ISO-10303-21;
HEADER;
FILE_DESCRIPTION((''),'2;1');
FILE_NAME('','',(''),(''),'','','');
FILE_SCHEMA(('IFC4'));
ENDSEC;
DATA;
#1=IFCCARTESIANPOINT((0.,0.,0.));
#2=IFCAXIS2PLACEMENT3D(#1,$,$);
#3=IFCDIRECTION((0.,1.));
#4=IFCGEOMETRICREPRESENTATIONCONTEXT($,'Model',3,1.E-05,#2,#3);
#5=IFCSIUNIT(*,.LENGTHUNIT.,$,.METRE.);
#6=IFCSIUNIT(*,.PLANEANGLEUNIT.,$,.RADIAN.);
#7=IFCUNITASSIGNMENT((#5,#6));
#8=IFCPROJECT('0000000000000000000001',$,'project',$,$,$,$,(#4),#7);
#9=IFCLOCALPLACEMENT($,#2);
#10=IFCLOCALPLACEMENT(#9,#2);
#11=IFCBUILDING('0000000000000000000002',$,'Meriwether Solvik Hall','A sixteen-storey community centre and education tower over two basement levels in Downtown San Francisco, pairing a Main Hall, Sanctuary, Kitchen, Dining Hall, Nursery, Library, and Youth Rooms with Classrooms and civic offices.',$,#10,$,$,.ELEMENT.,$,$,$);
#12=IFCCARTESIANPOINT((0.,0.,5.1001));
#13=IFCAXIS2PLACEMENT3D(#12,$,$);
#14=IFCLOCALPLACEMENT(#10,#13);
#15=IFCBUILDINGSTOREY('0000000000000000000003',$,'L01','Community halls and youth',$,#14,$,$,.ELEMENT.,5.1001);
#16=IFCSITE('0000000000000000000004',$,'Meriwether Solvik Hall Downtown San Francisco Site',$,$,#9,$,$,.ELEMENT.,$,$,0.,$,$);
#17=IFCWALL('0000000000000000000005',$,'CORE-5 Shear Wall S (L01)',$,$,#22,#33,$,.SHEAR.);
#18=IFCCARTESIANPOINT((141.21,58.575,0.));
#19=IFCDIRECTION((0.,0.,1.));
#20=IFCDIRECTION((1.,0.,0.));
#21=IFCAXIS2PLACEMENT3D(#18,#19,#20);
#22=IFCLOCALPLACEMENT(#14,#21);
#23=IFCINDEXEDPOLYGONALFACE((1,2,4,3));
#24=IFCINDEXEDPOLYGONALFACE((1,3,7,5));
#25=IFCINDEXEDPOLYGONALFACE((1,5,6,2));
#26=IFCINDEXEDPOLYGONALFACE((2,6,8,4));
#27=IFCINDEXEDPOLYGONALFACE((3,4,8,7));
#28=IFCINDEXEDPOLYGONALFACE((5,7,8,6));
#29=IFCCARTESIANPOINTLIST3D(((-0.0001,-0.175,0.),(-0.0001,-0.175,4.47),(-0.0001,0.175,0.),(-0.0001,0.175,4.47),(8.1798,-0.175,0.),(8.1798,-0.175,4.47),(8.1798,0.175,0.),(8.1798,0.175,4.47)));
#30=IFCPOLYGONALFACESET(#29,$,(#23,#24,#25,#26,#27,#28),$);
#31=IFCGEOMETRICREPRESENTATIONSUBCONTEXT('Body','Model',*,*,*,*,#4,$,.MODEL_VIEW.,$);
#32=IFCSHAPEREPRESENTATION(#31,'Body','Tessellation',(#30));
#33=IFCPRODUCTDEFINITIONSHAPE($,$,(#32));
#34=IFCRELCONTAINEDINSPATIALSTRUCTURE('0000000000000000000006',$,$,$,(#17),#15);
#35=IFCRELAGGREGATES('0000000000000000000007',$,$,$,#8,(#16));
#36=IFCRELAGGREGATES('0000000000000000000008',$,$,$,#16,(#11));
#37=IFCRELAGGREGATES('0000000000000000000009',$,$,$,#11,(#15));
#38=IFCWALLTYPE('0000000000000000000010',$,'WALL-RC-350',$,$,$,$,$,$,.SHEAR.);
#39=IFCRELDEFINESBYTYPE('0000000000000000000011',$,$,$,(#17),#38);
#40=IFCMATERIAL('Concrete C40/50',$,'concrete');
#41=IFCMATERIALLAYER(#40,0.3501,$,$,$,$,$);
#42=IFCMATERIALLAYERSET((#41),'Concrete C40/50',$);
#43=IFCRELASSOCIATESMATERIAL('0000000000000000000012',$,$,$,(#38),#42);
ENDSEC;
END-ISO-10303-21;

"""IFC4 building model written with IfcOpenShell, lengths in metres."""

from ifc_helpers import new_model, si_unit, direction, frame, frame_2d, origin, place, context, subcontext, project, spatial, rectangle, extrude, material, layer, layer_set, type_object, element, save


model = new_model("IFC4")

# Units and contexts
model_context = context("Model", 3, precision=1e-05, world=origin(), true_north=direction((0.0, 1.0)))
body_context = subcontext(model_context, "Body", "Model", "MODEL_VIEW")
ifc_project = project(units=[si_unit("LENGTHUNIT", "METRE"), si_unit("PLANEANGLEUNIT", "RADIAN")], contexts=[model_context])

# Site, building, storey
site_placement = place(None, origin())
site = spatial("IfcSite", under=ifc_project, at=site_placement, Name="Meriwether Solvik Hall Downtown San Francisco Site", CompositionType="ELEMENT", RefElevation=0.0)
building_placement = place(site_placement, origin())
building = spatial("IfcBuilding", under=site, at=building_placement, Name="Meriwether Solvik Hall", Description="A sixteen-storey community centre and education tower over two basement levels in Downtown San Francisco, pairing a Main Hall, Sanctuary, Kitchen, Dining Hall, Nursery, Library, and Youth Rooms with Classrooms and civic offices.", CompositionType="ELEMENT")
storey_placement = place(building_placement, frame((0.0, 0.0, 5.1001)))
storey = spatial("IfcBuildingStorey", under=building, at=storey_placement, Name="L01", Description="Community halls and youth", CompositionType="ELEMENT", Elevation=5.1001)

# Shared definitions
ifc_material_1 = material(Name="Concrete C40/50", Category="concrete")
ifc_layer_1 = layer(ifc_material_1, 0.3501)
ifc_layer_set_1 = layer_set([ifc_layer_1], Name="Concrete C40/50")
wall_type_1 = type_object("IfcWallType", Name="WALL-RC-350", PredefinedType="SHEAR", material=ifc_layer_set_1)

# Wall
wall_1_placement = place(storey_placement, frame((141.21, 58.575, 0.0), z_axis=(0.0, 0.0, 1.0), x_axis=(1.0, 0.0, 0.0)))
element("IfcWall", 1, at=wall_1_placement, inside=storey, type_object=wall_type_1, Name="CORE-5 Shear Wall S (L01)", PredefinedType="SHEAR", context=body_context, shape_type="SweptSolid", body=[
    extrude(rectangle(XDim=8.1799, YDim=0.3501, at=frame_2d((4.0898, 0.0))), origin(), (0.0, 0.0, 1.0), 4.47),
])

save(model, "model.ifc")
